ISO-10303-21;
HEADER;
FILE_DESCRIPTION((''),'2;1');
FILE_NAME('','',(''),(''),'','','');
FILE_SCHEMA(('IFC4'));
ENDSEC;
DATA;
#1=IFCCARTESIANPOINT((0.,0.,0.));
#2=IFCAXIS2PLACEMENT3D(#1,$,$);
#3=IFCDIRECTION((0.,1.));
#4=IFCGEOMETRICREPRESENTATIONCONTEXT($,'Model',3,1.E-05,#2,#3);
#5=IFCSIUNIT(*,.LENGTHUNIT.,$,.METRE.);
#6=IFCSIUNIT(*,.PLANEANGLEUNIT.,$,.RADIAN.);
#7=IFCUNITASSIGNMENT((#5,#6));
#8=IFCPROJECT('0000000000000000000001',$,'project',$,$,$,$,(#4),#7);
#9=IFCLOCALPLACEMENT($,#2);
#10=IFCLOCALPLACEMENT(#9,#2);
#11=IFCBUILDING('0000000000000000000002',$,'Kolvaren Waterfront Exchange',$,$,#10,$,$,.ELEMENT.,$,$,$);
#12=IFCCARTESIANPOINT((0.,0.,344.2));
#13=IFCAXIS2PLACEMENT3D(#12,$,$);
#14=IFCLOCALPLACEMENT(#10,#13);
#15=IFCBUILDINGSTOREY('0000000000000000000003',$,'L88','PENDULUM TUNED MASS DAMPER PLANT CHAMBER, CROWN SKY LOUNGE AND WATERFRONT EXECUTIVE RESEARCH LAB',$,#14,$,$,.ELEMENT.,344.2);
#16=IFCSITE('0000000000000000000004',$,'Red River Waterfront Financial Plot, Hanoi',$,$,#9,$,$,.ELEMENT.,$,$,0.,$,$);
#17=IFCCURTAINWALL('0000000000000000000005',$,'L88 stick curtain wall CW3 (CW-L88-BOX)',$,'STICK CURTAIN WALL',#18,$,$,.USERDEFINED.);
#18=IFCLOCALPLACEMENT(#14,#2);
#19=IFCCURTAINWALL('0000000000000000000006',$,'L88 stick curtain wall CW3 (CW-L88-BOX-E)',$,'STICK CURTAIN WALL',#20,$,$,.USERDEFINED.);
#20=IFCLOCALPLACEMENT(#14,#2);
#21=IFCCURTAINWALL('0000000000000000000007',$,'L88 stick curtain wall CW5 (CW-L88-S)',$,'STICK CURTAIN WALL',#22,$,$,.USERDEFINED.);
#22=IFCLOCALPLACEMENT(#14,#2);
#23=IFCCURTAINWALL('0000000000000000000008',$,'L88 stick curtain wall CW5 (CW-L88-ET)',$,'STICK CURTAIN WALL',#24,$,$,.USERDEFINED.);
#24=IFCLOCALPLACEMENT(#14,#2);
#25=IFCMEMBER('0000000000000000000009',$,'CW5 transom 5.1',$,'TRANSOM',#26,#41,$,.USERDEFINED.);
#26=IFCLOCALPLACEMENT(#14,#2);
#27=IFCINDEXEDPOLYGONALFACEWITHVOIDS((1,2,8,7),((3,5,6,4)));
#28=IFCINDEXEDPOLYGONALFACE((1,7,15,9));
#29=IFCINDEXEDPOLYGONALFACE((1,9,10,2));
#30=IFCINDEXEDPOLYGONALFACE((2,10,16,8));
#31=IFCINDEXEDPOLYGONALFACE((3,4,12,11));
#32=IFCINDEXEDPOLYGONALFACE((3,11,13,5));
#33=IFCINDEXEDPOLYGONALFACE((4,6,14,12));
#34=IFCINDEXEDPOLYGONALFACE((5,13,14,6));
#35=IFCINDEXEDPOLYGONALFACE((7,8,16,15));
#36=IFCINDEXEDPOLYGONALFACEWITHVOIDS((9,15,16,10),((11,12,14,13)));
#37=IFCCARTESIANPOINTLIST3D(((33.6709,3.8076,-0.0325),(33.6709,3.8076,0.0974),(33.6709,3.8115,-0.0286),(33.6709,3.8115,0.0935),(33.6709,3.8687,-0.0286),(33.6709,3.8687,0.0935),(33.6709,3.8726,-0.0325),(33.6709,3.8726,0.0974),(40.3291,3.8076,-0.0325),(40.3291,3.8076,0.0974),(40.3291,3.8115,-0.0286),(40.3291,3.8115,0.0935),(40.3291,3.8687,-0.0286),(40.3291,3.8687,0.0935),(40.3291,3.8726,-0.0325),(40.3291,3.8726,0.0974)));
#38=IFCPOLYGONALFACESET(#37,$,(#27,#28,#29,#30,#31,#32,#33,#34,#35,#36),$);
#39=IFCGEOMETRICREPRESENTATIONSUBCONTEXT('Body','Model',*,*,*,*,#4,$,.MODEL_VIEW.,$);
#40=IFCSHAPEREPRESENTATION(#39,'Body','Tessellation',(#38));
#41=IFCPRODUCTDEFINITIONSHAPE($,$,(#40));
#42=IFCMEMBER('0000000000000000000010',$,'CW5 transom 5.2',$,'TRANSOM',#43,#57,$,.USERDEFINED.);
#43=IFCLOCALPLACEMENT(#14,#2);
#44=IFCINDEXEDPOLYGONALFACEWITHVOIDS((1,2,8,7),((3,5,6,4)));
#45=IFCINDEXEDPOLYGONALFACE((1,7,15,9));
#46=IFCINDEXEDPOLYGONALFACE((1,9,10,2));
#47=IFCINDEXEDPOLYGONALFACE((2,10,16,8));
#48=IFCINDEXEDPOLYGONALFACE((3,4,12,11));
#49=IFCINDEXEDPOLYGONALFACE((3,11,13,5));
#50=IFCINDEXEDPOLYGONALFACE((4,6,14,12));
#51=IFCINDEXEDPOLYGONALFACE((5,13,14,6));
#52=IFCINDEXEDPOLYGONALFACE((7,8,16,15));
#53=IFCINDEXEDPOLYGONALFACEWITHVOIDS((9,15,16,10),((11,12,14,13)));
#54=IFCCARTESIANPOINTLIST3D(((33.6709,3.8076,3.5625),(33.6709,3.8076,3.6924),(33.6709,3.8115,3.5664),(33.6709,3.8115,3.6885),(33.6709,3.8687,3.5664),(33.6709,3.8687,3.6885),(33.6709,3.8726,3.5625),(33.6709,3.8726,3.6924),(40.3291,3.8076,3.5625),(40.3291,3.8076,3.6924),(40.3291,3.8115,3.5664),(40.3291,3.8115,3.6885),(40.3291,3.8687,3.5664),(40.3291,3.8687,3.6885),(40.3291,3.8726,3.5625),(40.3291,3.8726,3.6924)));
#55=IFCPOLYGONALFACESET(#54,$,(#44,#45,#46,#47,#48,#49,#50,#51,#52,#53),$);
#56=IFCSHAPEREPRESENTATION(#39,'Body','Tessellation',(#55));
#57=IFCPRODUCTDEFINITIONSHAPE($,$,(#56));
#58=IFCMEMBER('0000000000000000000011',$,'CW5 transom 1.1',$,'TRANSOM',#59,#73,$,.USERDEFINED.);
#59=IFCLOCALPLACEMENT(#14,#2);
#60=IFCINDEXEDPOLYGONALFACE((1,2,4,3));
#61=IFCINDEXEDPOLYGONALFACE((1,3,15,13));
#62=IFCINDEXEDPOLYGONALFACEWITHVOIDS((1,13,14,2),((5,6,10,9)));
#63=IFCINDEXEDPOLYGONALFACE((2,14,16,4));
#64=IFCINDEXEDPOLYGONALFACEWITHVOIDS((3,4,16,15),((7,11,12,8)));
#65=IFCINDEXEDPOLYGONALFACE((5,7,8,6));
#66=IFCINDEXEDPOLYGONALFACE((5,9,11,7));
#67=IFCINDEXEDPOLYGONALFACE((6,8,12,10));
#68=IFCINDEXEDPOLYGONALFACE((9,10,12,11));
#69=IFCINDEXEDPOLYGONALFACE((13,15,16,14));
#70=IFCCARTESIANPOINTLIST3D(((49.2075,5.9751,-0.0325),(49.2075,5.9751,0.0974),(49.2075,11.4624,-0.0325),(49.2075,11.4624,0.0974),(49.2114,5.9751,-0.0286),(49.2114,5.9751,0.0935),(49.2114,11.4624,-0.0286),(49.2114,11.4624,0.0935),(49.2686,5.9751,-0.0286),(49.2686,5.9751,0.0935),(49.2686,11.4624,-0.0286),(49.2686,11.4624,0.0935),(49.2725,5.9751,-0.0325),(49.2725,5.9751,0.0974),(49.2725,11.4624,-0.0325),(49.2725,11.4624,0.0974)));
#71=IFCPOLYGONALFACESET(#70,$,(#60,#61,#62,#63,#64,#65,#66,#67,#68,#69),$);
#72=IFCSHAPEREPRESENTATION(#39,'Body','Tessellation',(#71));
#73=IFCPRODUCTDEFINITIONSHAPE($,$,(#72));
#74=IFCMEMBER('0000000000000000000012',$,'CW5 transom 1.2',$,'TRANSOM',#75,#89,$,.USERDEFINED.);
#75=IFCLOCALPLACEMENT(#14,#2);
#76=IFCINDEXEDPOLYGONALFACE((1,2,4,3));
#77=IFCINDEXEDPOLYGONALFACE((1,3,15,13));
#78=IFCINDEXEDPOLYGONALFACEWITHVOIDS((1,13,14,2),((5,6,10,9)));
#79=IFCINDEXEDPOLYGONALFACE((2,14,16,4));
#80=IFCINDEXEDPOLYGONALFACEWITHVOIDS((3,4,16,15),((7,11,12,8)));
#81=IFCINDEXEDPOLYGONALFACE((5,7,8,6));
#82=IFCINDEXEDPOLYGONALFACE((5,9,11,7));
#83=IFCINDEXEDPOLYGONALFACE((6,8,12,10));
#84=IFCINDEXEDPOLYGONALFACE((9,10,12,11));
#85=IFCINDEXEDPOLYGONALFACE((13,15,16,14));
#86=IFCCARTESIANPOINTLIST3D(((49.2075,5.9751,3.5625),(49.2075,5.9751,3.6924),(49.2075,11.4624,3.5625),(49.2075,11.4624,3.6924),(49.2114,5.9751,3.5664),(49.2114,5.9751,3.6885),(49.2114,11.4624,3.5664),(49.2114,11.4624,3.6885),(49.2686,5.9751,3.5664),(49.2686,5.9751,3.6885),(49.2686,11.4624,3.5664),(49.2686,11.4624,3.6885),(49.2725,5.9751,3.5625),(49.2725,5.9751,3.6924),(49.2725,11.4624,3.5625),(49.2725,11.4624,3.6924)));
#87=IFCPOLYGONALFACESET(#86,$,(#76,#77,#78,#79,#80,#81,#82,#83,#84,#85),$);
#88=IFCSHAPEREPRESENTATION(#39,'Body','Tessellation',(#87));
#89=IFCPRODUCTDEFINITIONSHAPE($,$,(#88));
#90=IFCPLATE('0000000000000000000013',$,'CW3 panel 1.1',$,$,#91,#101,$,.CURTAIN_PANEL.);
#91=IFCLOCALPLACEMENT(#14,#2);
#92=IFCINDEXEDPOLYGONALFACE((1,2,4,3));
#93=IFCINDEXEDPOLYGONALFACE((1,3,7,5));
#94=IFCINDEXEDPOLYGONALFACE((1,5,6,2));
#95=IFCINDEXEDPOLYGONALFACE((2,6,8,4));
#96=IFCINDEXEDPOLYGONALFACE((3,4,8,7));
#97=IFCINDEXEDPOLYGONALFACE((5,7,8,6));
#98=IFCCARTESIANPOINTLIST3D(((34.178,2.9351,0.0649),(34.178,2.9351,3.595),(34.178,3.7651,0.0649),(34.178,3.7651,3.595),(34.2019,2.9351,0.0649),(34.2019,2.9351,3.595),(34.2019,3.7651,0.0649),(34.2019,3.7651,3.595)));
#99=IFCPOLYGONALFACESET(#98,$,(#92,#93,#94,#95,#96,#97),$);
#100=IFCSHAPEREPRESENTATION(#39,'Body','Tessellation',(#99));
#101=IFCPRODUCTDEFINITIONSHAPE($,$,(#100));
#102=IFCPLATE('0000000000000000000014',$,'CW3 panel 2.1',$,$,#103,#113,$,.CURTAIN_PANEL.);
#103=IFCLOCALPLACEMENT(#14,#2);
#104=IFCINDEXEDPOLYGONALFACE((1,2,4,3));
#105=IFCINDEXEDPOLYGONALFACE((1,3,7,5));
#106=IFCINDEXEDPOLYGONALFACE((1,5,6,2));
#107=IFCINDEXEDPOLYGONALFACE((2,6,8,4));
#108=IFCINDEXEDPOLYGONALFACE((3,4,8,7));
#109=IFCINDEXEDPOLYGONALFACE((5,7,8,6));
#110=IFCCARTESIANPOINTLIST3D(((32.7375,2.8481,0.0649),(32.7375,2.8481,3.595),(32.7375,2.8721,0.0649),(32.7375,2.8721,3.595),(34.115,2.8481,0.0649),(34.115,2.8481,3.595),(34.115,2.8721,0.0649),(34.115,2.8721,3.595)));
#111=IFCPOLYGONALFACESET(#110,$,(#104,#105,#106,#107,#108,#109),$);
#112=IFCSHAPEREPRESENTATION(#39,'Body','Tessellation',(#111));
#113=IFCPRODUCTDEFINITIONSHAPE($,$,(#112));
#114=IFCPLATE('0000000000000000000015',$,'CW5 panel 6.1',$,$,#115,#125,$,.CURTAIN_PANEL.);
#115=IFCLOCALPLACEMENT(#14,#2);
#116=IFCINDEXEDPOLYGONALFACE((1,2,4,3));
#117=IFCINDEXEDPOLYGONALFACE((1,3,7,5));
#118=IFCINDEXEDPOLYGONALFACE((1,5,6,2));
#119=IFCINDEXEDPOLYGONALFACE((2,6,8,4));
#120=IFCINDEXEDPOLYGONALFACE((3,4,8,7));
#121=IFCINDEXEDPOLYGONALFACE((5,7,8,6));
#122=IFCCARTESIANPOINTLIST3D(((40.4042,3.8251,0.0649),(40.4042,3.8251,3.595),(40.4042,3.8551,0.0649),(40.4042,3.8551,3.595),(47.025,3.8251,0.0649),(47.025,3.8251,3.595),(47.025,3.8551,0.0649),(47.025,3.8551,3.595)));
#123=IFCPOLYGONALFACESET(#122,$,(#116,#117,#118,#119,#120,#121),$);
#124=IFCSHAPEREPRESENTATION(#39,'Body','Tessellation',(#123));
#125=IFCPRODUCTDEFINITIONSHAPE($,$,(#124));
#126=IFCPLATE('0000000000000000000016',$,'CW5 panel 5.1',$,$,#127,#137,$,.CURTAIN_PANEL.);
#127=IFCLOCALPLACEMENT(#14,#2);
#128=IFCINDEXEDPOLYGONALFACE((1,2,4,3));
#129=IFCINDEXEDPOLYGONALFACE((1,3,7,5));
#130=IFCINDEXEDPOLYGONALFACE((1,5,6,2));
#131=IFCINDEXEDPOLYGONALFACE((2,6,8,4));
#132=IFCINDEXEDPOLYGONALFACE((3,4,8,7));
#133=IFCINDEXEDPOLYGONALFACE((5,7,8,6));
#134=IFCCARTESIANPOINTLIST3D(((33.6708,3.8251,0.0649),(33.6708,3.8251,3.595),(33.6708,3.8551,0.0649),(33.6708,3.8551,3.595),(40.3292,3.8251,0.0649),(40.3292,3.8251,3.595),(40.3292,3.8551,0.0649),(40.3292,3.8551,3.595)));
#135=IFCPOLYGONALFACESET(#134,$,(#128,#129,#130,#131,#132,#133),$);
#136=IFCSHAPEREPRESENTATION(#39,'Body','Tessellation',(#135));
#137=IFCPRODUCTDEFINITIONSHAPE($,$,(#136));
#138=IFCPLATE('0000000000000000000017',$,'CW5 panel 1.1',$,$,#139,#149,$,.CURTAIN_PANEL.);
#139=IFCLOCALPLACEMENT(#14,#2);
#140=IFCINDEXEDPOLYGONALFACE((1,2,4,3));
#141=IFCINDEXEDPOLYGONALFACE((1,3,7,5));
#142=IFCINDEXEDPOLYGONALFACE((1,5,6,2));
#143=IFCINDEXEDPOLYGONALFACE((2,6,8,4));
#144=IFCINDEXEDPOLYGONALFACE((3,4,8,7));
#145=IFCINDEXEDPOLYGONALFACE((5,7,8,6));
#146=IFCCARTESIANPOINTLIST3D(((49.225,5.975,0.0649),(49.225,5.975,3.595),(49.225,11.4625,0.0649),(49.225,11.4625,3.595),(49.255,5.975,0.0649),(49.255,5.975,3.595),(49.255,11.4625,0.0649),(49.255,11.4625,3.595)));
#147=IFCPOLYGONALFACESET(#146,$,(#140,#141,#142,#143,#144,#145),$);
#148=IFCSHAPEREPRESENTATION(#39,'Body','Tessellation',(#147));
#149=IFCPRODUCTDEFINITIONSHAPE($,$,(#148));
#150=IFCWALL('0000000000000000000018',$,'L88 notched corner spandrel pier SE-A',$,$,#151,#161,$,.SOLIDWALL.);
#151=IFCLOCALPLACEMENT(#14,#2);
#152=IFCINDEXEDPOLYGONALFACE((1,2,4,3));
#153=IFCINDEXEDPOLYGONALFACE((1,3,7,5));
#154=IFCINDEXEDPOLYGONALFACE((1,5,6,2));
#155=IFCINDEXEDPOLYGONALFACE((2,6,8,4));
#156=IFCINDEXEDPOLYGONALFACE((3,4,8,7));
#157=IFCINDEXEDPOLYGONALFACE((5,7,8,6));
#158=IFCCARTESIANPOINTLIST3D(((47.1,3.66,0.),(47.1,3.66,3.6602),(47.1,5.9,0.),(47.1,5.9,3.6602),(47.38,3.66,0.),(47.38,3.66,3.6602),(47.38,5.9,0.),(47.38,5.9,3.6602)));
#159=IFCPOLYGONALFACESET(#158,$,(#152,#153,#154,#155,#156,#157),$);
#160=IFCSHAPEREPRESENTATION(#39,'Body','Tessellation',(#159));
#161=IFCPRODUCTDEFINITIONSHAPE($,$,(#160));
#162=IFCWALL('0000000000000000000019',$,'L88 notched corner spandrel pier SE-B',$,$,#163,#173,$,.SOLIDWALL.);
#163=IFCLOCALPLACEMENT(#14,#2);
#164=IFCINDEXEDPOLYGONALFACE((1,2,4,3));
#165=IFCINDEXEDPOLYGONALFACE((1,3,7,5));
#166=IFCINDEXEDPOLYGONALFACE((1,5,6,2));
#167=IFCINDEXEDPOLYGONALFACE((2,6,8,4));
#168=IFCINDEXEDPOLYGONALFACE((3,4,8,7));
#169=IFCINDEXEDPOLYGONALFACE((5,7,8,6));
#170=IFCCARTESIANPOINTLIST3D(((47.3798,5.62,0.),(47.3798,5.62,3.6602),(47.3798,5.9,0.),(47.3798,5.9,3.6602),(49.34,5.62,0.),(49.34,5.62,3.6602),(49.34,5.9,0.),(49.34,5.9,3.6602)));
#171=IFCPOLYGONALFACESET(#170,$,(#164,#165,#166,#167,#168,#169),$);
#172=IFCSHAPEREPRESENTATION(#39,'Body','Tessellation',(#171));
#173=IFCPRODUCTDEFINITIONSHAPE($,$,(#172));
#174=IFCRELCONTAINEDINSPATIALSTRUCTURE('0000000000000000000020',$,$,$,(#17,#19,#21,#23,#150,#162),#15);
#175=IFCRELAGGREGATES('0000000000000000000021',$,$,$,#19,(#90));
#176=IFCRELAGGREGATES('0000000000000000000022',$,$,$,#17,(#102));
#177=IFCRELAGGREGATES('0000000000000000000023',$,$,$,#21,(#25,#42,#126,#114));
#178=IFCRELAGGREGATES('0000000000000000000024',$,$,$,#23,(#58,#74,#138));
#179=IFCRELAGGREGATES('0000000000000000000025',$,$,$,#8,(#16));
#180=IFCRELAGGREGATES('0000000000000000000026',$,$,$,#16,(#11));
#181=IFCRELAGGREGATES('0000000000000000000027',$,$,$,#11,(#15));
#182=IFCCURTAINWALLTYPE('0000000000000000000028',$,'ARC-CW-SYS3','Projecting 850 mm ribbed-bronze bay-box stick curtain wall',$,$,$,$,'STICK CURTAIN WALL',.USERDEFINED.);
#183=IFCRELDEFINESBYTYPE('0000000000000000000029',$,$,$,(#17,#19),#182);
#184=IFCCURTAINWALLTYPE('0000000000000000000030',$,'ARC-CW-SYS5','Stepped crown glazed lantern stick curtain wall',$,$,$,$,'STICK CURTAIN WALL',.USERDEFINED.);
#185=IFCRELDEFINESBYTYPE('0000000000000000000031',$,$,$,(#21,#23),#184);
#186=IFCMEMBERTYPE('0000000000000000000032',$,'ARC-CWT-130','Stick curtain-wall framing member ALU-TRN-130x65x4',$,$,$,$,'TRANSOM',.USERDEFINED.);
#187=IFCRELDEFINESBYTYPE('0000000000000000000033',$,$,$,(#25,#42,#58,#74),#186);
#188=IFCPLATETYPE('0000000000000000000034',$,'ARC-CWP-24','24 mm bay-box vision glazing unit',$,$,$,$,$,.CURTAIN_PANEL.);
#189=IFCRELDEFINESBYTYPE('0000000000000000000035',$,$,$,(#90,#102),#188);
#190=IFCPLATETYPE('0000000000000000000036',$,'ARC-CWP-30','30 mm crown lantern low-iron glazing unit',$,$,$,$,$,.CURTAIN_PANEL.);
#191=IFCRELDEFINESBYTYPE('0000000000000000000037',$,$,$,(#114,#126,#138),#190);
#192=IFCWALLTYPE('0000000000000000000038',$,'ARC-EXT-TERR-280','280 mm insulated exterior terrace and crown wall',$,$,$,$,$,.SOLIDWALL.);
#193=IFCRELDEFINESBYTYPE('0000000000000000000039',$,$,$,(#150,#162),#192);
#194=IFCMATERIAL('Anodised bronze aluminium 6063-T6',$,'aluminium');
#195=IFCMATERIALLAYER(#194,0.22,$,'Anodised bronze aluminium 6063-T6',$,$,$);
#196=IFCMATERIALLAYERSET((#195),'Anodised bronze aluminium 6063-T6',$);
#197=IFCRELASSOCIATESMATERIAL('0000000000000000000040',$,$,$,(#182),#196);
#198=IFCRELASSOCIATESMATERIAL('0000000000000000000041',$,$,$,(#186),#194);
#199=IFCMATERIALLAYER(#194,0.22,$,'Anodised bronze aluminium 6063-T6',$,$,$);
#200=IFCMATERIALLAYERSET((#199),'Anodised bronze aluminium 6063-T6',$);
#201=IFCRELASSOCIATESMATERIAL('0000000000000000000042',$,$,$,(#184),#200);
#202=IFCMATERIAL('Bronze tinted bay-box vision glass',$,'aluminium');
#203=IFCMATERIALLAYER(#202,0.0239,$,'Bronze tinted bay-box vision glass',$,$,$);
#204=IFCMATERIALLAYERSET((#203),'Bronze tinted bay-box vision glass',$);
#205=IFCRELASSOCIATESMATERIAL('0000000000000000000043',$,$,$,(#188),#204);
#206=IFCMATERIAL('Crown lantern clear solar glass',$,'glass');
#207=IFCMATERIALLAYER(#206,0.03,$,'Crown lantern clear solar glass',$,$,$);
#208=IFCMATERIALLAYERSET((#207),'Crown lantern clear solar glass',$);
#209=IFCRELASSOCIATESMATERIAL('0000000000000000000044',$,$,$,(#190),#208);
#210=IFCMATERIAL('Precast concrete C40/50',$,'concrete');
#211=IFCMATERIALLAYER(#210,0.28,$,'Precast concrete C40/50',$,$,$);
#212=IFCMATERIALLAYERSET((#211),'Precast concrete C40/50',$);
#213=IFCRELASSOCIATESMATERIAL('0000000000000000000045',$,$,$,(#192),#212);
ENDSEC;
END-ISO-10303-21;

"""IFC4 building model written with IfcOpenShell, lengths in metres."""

from ifc_helpers import new_model, si_unit, direction, frame, frame_2d, origin, origin_with_axes, origin_2d, place, context, subcontext, project, spatial, rectangle, hollow_rectangle, extrude, source, transform, mapped, material, layer, layer_set, material_profile, profile_set, type_object, element, aggregate, save


model = new_model("IFC4")

# Units and contexts
model_context = context("Model", 3, precision=1e-05, world=origin(), true_north=direction((0.0, 1.0)))
body_context = subcontext(model_context, "Body", "Model", "MODEL_VIEW")
ifc_project = project(units=[si_unit("LENGTHUNIT", "METRE"), si_unit("PLANEANGLEUNIT", "RADIAN")], contexts=[model_context])

# Site, building, storey
site_placement = place(None, origin())
site = spatial("IfcSite", under=ifc_project, at=site_placement, Name="Red River Waterfront Financial Plot, Hanoi", CompositionType="ELEMENT", RefElevation=0.0)
building_placement = place(site_placement, origin())
building = spatial("IfcBuilding", under=site, at=building_placement, Name="Kolvaren Waterfront Exchange", CompositionType="ELEMENT")
storey_placement = place(building_placement, frame((0.0, 0.0, 344.2)))
storey = spatial("IfcBuildingStorey", under=building, at=storey_placement, Name="L88", Description="PENDULUM TUNED MASS DAMPER PLANT CHAMBER, CROWN SKY LOUNGE AND WATERFRONT EXECUTIVE RESEARCH LAB", CompositionType="ELEMENT", Elevation=344.2)

# Curtain walls
ifc_material_1 = material(Name="Anodised bronze aluminium 6063-T6", Category="aluminium")
ifc_layer_1 = layer(ifc_material_1, 0.22, Name="Anodised bronze aluminium 6063-T6")
ifc_layer_set_1 = layer_set([ifc_layer_1], Name="Anodised bronze aluminium 6063-T6")
curtain_wall_type_1 = type_object("IfcCurtainWallType", Name="ARC-CW-SYS3", Description="Projecting 850 mm ribbed-bronze bay-box stick curtain wall", ElementType="STICK CURTAIN WALL", PredefinedType="USERDEFINED", material=ifc_layer_set_1)
curtain_wall_1_placement = place(storey_placement, origin())
curtain_wall_1 = element("IfcCurtainWall", 1, at=curtain_wall_1_placement, inside=storey, type_object=curtain_wall_type_1, Name="L88 stick curtain wall CW3 (CW-L88-BOX)", ObjectType="STICK CURTAIN WALL", PredefinedType="USERDEFINED")
ifc_material_profile_1 = material_profile(ifc_material_1, hollow_rectangle(XDim=0.0649, YDim=0.1299, WallThickness=0.0039, at=origin_2d()), Name="ALU-TRN-130x65x4")
ifc_profile_set_1 = profile_set([ifc_material_profile_1], Name="Anodised bronze aluminium 6063-T6")
member_type_1 = type_object("IfcMemberType", Name="ARC-CWT-130", Description="Stick curtain-wall framing member ALU-TRN-130x65x4", ElementType="TRANSOM", PredefinedType="USERDEFINED", material=ifc_profile_set_1)
curtain_wall_2_placement = place(storey_placement, origin())
curtain_wall_2 = element("IfcCurtainWall", 2, at=curtain_wall_2_placement, inside=storey, type_object=curtain_wall_type_1, Name="L88 stick curtain wall CW3 (CW-L88-BOX-E)", ObjectType="STICK CURTAIN WALL", PredefinedType="USERDEFINED")

# Curtain wall
ifc_layer_2 = layer(ifc_material_1, 0.22, Name="Anodised bronze aluminium 6063-T6")
ifc_layer_set_2 = layer_set([ifc_layer_2], Name="Anodised bronze aluminium 6063-T6")
curtain_wall_type_2 = type_object("IfcCurtainWallType", Name="ARC-CW-SYS5", Description="Stepped crown glazed lantern stick curtain wall", ElementType="STICK CURTAIN WALL", PredefinedType="USERDEFINED", material=ifc_layer_set_2)
curtain_wall_3_placement = place(storey_placement, origin())
curtain_wall_3 = element("IfcCurtainWall", 3, at=curtain_wall_3_placement, inside=storey, type_object=curtain_wall_type_2, Name="L88 stick curtain wall CW5 (CW-L88-S)", ObjectType="STICK CURTAIN WALL", PredefinedType="USERDEFINED")

# Curtain wall
curtain_wall_4_placement = place(storey_placement, origin())
curtain_wall_4 = element("IfcCurtainWall", 4, at=curtain_wall_4_placement, inside=storey, type_object=curtain_wall_type_2, Name="L88 stick curtain wall CW5 (CW-L88-ET)", ObjectType="STICK CURTAIN WALL", PredefinedType="USERDEFINED")

# Members
shared_shape_1 = source(origin_with_axes(), body_context, "Body", "SweptSolid", [
    extrude(hollow_rectangle(XDim=0.0649, YDim=0.1299, WallThickness=0.0039, at=origin_2d()), origin(), (0.0, 0.0, 1.0), 6.6582),
])
member_1_placement = place(storey_placement, frame((33.6709, 3.8401, 0.0325), z_axis=(1.0, 0.0, 0.0), x_axis=(0.0, 1.0, 0.0)))
member_1 = element("IfcMember", 5, at=member_1_placement, type_object=member_type_1, Name="CW5 transom 5.1", ObjectType="TRANSOM", PredefinedType="USERDEFINED", context=body_context, shape_type="MappedRepresentation", body=[
    mapped(shared_shape_1, transform((0.0, 0.0, 0.0), x_axis=(1.0, 0.0, 0.0), y_axis=(0.0, 1.0, 0.0), z_axis=(0.0, 0.0, 1.0), scale=1.0)),
])
member_2_placement = place(storey_placement, frame((33.6709, 3.8401, 3.6274), z_axis=(1.0, 0.0, 0.0), x_axis=(0.0, 1.0, 0.0)))
member_2 = element("IfcMember", 6, at=member_2_placement, type_object=member_type_1, Name="CW5 transom 5.2", ObjectType="TRANSOM", PredefinedType="USERDEFINED", context=body_context, shape_type="MappedRepresentation", body=[
    mapped(shared_shape_1, transform((0.0, 0.0, 0.0), x_axis=(1.0, 0.0, 0.0), y_axis=(0.0, 1.0, 0.0), z_axis=(0.0, 0.0, 1.0), scale=1.0)),
])
shared_shape_2 = source(origin_with_axes(), body_context, "Body", "SweptSolid", [
    extrude(hollow_rectangle(XDim=0.0649, YDim=0.1299, WallThickness=0.0039, at=origin_2d()), origin(), (0.0, 0.0, 1.0), 5.4873),
])
member_3_placement = place(storey_placement, frame((49.24, 5.9751, 0.0325), z_axis=(0.0, 1.0, 0.0), x_axis=(-1.0, 0.0, 0.0)))
member_3 = element("IfcMember", 7, at=member_3_placement, type_object=member_type_1, Name="CW5 transom 1.1", ObjectType="TRANSOM", PredefinedType="USERDEFINED", context=body_context, shape_type="MappedRepresentation", body=[
    mapped(shared_shape_2, transform((0.0, 0.0, 0.0), x_axis=(1.0, 0.0, 0.0), y_axis=(0.0, 1.0, 0.0), z_axis=(0.0, 0.0, 1.0), scale=1.0)),
])
member_4_placement = place(storey_placement, frame((49.24, 5.9751, 3.6274), z_axis=(0.0, 1.0, 0.0), x_axis=(-1.0, 0.0, 0.0)))
member_4 = element("IfcMember", 8, at=member_4_placement, type_object=member_type_1, Name="CW5 transom 1.2", ObjectType="TRANSOM", PredefinedType="USERDEFINED", context=body_context, shape_type="MappedRepresentation", body=[
    mapped(shared_shape_2, transform((0.0, 0.0, 0.0), x_axis=(1.0, 0.0, 0.0), y_axis=(0.0, 1.0, 0.0), z_axis=(0.0, 0.0, 1.0), scale=1.0)),
])

# Plates
ifc_material_2 = material(Name="Bronze tinted bay-box vision glass", Category="aluminium")
ifc_layer_3 = layer(ifc_material_2, 0.0239, Name="Bronze tinted bay-box vision glass")
ifc_layer_set_3 = layer_set([ifc_layer_3], Name="Bronze tinted bay-box vision glass")
plate_type_1 = type_object("IfcPlateType", Name="ARC-CWP-24", Description="24 mm bay-box vision glazing unit", PredefinedType="CURTAIN_PANEL", material=ifc_layer_set_3)
shared_shape_3 = source(origin_with_axes(), body_context, "Body", "SweptSolid", [
    extrude(rectangle(XDim=0.8301, YDim=0.0239, at=origin_2d()), origin(), (0.0, 0.0, 1.0), 3.53),
])
plate_1_placement = place(storey_placement, frame((34.1899, 3.3501, 0.0649), z_axis=(0.0, 0.0, 1.0), x_axis=(0.0, 1.0, 0.0)))
plate_1 = element("IfcPlate", 9, at=plate_1_placement, type_object=plate_type_1, Name="CW3 panel 1.1", PredefinedType="CURTAIN_PANEL", context=body_context, shape_type="MappedRepresentation", body=[
    mapped(shared_shape_3, transform((0.0, 0.0, 0.0), x_axis=(1.0, 0.0, 0.0), y_axis=(0.0, 1.0, 0.0), z_axis=(0.0, 0.0, 1.0), scale=1.0)),
])
aggregate(curtain_wall_2, [plate_1])
shared_shape_4 = source(origin_with_axes(), body_context, "Body", "SweptSolid", [
    extrude(rectangle(XDim=1.3774, YDim=0.0239, at=origin_2d()), origin(), (0.0, 0.0, 1.0), 3.53),
])
plate_2_placement = place(storey_placement, frame((33.4263, 2.8601, 0.0649), z_axis=(0.0, 0.0, 1.0), x_axis=(1.0, 0.0, 0.0)))
plate_2 = element("IfcPlate", 10, at=plate_2_placement, type_object=plate_type_1, Name="CW3 panel 2.1", PredefinedType="CURTAIN_PANEL", context=body_context, shape_type="MappedRepresentation", body=[
    mapped(shared_shape_4, transform((0.0, 0.0, 0.0), x_axis=(1.0, 0.0, 0.0), y_axis=(0.0, 1.0, 0.0), z_axis=(0.0, 0.0, 1.0), scale=1.0)),
])
aggregate(curtain_wall_1, [plate_2])
ifc_material_3 = material(Name="Crown lantern clear solar glass", Category="glass")
ifc_layer_4 = layer(ifc_material_3, 0.03, Name="Crown lantern clear solar glass")
ifc_layer_set_4 = layer_set([ifc_layer_4], Name="Crown lantern clear solar glass")
plate_type_2 = type_object("IfcPlateType", Name="ARC-CWP-30", Description="30 mm crown lantern low-iron glazing unit", PredefinedType="CURTAIN_PANEL", material=ifc_layer_set_4)
shared_shape_5 = source(origin_with_axes(), body_context, "Body", "SweptSolid", [
    extrude(rectangle(XDim=6.6208, YDim=0.03, at=origin_2d()), origin(), (0.0, 0.0, 1.0), 3.53),
])
plate_3_placement = place(storey_placement, frame((43.7146, 3.8401, 0.0649), z_axis=(0.0, 0.0, 1.0), x_axis=(1.0, 0.0, 0.0)))
plate_3 = element("IfcPlate", 11, at=plate_3_placement, type_object=plate_type_2, Name="CW5 panel 6.1", PredefinedType="CURTAIN_PANEL", context=body_context, shape_type="MappedRepresentation", body=[
    mapped(shared_shape_5, transform((0.0, 0.0, 0.0), x_axis=(1.0, 0.0, 0.0), y_axis=(0.0, 1.0, 0.0), z_axis=(0.0, 0.0, 1.0), scale=1.0)),
])
shared_shape_6 = source(origin_with_axes(), body_context, "Body", "SweptSolid", [
    extrude(rectangle(XDim=6.6584, YDim=0.03, at=origin_2d()), origin(), (0.0, 0.0, 1.0), 3.53),
])
plate_4_placement = place(storey_placement, frame((37.0, 3.8401, 0.0649), z_axis=(0.0, 0.0, 1.0), x_axis=(1.0, 0.0, 0.0)))
plate_4 = element("IfcPlate", 12, at=plate_4_placement, type_object=plate_type_2, Name="CW5 panel 5.1", PredefinedType="CURTAIN_PANEL", context=body_context, shape_type="MappedRepresentation", body=[
    mapped(shared_shape_6, transform((0.0, 0.0, 0.0), x_axis=(1.0, 0.0, 0.0), y_axis=(0.0, 1.0, 0.0), z_axis=(0.0, 0.0, 1.0), scale=1.0)),
])
aggregate(curtain_wall_3, [member_1, member_2, plate_4, plate_3])
shared_shape_7 = source(origin_with_axes(), body_context, "Body", "SweptSolid", [
    extrude(rectangle(XDim=5.4875, YDim=0.03, at=origin_2d()), origin(), (0.0, 0.0, 1.0), 3.53),
])
plate_5_placement = place(storey_placement, frame((49.24, 8.7188, 0.0649), z_axis=(0.0, 0.0, 1.0), x_axis=(0.0, 1.0, 0.0)))
plate_5 = element("IfcPlate", 13, at=plate_5_placement, type_object=plate_type_2, Name="CW5 panel 1.1", PredefinedType="CURTAIN_PANEL", context=body_context, shape_type="MappedRepresentation", body=[
    mapped(shared_shape_7, transform((0.0, 0.0, 0.0), x_axis=(1.0, 0.0, 0.0), y_axis=(0.0, 1.0, 0.0), z_axis=(0.0, 0.0, 1.0), scale=1.0)),
])
aggregate(curtain_wall_4, [member_3, member_4, plate_5])

# Walls
ifc_material_4 = material(Name="Precast concrete C40/50", Category="concrete")
ifc_layer_5 = layer(ifc_material_4, 0.28, Name="Precast concrete C40/50")
ifc_layer_set_5 = layer_set([ifc_layer_5], Name="Precast concrete C40/50")
wall_type_1 = type_object("IfcWallType", Name="ARC-EXT-TERR-280", Description="280 mm insulated exterior terrace and crown wall", PredefinedType="SOLIDWALL", material=ifc_layer_set_5)
wall_1_placement = place(storey_placement, frame((47.24, 3.6599, 0.0), z_axis=(0.0, 0.0, 1.0), x_axis=(0.0, 1.0, 0.0)))
element("IfcWall", 14, at=wall_1_placement, inside=storey, type_object=wall_type_1, Name="L88 notched corner spandrel pier SE-A", PredefinedType="SOLIDWALL", context=body_context, shape_type="SweptSolid", body=[
    extrude(rectangle(XDim=2.24, YDim=0.28, at=frame_2d((1.1201, 0.0))), origin(), (0.0, 0.0, 1.0), 3.6602),
])
wall_2_placement = place(storey_placement, frame((47.3799, 5.76, 0.0), z_axis=(0.0, 0.0, 1.0), x_axis=(1.0, 0.0, 0.0)))
element("IfcWall", 15, at=wall_2_placement, inside=storey, type_object=wall_type_1, Name="L88 notched corner spandrel pier SE-B", PredefinedType="SOLIDWALL", context=body_context, shape_type="SweptSolid", body=[
    extrude(rectangle(XDim=1.9602, YDim=0.28, at=frame_2d((0.98, 0.0))), origin(), (0.0, 0.0, 1.0), 3.6602),
])

save(model, "model.ifc")
